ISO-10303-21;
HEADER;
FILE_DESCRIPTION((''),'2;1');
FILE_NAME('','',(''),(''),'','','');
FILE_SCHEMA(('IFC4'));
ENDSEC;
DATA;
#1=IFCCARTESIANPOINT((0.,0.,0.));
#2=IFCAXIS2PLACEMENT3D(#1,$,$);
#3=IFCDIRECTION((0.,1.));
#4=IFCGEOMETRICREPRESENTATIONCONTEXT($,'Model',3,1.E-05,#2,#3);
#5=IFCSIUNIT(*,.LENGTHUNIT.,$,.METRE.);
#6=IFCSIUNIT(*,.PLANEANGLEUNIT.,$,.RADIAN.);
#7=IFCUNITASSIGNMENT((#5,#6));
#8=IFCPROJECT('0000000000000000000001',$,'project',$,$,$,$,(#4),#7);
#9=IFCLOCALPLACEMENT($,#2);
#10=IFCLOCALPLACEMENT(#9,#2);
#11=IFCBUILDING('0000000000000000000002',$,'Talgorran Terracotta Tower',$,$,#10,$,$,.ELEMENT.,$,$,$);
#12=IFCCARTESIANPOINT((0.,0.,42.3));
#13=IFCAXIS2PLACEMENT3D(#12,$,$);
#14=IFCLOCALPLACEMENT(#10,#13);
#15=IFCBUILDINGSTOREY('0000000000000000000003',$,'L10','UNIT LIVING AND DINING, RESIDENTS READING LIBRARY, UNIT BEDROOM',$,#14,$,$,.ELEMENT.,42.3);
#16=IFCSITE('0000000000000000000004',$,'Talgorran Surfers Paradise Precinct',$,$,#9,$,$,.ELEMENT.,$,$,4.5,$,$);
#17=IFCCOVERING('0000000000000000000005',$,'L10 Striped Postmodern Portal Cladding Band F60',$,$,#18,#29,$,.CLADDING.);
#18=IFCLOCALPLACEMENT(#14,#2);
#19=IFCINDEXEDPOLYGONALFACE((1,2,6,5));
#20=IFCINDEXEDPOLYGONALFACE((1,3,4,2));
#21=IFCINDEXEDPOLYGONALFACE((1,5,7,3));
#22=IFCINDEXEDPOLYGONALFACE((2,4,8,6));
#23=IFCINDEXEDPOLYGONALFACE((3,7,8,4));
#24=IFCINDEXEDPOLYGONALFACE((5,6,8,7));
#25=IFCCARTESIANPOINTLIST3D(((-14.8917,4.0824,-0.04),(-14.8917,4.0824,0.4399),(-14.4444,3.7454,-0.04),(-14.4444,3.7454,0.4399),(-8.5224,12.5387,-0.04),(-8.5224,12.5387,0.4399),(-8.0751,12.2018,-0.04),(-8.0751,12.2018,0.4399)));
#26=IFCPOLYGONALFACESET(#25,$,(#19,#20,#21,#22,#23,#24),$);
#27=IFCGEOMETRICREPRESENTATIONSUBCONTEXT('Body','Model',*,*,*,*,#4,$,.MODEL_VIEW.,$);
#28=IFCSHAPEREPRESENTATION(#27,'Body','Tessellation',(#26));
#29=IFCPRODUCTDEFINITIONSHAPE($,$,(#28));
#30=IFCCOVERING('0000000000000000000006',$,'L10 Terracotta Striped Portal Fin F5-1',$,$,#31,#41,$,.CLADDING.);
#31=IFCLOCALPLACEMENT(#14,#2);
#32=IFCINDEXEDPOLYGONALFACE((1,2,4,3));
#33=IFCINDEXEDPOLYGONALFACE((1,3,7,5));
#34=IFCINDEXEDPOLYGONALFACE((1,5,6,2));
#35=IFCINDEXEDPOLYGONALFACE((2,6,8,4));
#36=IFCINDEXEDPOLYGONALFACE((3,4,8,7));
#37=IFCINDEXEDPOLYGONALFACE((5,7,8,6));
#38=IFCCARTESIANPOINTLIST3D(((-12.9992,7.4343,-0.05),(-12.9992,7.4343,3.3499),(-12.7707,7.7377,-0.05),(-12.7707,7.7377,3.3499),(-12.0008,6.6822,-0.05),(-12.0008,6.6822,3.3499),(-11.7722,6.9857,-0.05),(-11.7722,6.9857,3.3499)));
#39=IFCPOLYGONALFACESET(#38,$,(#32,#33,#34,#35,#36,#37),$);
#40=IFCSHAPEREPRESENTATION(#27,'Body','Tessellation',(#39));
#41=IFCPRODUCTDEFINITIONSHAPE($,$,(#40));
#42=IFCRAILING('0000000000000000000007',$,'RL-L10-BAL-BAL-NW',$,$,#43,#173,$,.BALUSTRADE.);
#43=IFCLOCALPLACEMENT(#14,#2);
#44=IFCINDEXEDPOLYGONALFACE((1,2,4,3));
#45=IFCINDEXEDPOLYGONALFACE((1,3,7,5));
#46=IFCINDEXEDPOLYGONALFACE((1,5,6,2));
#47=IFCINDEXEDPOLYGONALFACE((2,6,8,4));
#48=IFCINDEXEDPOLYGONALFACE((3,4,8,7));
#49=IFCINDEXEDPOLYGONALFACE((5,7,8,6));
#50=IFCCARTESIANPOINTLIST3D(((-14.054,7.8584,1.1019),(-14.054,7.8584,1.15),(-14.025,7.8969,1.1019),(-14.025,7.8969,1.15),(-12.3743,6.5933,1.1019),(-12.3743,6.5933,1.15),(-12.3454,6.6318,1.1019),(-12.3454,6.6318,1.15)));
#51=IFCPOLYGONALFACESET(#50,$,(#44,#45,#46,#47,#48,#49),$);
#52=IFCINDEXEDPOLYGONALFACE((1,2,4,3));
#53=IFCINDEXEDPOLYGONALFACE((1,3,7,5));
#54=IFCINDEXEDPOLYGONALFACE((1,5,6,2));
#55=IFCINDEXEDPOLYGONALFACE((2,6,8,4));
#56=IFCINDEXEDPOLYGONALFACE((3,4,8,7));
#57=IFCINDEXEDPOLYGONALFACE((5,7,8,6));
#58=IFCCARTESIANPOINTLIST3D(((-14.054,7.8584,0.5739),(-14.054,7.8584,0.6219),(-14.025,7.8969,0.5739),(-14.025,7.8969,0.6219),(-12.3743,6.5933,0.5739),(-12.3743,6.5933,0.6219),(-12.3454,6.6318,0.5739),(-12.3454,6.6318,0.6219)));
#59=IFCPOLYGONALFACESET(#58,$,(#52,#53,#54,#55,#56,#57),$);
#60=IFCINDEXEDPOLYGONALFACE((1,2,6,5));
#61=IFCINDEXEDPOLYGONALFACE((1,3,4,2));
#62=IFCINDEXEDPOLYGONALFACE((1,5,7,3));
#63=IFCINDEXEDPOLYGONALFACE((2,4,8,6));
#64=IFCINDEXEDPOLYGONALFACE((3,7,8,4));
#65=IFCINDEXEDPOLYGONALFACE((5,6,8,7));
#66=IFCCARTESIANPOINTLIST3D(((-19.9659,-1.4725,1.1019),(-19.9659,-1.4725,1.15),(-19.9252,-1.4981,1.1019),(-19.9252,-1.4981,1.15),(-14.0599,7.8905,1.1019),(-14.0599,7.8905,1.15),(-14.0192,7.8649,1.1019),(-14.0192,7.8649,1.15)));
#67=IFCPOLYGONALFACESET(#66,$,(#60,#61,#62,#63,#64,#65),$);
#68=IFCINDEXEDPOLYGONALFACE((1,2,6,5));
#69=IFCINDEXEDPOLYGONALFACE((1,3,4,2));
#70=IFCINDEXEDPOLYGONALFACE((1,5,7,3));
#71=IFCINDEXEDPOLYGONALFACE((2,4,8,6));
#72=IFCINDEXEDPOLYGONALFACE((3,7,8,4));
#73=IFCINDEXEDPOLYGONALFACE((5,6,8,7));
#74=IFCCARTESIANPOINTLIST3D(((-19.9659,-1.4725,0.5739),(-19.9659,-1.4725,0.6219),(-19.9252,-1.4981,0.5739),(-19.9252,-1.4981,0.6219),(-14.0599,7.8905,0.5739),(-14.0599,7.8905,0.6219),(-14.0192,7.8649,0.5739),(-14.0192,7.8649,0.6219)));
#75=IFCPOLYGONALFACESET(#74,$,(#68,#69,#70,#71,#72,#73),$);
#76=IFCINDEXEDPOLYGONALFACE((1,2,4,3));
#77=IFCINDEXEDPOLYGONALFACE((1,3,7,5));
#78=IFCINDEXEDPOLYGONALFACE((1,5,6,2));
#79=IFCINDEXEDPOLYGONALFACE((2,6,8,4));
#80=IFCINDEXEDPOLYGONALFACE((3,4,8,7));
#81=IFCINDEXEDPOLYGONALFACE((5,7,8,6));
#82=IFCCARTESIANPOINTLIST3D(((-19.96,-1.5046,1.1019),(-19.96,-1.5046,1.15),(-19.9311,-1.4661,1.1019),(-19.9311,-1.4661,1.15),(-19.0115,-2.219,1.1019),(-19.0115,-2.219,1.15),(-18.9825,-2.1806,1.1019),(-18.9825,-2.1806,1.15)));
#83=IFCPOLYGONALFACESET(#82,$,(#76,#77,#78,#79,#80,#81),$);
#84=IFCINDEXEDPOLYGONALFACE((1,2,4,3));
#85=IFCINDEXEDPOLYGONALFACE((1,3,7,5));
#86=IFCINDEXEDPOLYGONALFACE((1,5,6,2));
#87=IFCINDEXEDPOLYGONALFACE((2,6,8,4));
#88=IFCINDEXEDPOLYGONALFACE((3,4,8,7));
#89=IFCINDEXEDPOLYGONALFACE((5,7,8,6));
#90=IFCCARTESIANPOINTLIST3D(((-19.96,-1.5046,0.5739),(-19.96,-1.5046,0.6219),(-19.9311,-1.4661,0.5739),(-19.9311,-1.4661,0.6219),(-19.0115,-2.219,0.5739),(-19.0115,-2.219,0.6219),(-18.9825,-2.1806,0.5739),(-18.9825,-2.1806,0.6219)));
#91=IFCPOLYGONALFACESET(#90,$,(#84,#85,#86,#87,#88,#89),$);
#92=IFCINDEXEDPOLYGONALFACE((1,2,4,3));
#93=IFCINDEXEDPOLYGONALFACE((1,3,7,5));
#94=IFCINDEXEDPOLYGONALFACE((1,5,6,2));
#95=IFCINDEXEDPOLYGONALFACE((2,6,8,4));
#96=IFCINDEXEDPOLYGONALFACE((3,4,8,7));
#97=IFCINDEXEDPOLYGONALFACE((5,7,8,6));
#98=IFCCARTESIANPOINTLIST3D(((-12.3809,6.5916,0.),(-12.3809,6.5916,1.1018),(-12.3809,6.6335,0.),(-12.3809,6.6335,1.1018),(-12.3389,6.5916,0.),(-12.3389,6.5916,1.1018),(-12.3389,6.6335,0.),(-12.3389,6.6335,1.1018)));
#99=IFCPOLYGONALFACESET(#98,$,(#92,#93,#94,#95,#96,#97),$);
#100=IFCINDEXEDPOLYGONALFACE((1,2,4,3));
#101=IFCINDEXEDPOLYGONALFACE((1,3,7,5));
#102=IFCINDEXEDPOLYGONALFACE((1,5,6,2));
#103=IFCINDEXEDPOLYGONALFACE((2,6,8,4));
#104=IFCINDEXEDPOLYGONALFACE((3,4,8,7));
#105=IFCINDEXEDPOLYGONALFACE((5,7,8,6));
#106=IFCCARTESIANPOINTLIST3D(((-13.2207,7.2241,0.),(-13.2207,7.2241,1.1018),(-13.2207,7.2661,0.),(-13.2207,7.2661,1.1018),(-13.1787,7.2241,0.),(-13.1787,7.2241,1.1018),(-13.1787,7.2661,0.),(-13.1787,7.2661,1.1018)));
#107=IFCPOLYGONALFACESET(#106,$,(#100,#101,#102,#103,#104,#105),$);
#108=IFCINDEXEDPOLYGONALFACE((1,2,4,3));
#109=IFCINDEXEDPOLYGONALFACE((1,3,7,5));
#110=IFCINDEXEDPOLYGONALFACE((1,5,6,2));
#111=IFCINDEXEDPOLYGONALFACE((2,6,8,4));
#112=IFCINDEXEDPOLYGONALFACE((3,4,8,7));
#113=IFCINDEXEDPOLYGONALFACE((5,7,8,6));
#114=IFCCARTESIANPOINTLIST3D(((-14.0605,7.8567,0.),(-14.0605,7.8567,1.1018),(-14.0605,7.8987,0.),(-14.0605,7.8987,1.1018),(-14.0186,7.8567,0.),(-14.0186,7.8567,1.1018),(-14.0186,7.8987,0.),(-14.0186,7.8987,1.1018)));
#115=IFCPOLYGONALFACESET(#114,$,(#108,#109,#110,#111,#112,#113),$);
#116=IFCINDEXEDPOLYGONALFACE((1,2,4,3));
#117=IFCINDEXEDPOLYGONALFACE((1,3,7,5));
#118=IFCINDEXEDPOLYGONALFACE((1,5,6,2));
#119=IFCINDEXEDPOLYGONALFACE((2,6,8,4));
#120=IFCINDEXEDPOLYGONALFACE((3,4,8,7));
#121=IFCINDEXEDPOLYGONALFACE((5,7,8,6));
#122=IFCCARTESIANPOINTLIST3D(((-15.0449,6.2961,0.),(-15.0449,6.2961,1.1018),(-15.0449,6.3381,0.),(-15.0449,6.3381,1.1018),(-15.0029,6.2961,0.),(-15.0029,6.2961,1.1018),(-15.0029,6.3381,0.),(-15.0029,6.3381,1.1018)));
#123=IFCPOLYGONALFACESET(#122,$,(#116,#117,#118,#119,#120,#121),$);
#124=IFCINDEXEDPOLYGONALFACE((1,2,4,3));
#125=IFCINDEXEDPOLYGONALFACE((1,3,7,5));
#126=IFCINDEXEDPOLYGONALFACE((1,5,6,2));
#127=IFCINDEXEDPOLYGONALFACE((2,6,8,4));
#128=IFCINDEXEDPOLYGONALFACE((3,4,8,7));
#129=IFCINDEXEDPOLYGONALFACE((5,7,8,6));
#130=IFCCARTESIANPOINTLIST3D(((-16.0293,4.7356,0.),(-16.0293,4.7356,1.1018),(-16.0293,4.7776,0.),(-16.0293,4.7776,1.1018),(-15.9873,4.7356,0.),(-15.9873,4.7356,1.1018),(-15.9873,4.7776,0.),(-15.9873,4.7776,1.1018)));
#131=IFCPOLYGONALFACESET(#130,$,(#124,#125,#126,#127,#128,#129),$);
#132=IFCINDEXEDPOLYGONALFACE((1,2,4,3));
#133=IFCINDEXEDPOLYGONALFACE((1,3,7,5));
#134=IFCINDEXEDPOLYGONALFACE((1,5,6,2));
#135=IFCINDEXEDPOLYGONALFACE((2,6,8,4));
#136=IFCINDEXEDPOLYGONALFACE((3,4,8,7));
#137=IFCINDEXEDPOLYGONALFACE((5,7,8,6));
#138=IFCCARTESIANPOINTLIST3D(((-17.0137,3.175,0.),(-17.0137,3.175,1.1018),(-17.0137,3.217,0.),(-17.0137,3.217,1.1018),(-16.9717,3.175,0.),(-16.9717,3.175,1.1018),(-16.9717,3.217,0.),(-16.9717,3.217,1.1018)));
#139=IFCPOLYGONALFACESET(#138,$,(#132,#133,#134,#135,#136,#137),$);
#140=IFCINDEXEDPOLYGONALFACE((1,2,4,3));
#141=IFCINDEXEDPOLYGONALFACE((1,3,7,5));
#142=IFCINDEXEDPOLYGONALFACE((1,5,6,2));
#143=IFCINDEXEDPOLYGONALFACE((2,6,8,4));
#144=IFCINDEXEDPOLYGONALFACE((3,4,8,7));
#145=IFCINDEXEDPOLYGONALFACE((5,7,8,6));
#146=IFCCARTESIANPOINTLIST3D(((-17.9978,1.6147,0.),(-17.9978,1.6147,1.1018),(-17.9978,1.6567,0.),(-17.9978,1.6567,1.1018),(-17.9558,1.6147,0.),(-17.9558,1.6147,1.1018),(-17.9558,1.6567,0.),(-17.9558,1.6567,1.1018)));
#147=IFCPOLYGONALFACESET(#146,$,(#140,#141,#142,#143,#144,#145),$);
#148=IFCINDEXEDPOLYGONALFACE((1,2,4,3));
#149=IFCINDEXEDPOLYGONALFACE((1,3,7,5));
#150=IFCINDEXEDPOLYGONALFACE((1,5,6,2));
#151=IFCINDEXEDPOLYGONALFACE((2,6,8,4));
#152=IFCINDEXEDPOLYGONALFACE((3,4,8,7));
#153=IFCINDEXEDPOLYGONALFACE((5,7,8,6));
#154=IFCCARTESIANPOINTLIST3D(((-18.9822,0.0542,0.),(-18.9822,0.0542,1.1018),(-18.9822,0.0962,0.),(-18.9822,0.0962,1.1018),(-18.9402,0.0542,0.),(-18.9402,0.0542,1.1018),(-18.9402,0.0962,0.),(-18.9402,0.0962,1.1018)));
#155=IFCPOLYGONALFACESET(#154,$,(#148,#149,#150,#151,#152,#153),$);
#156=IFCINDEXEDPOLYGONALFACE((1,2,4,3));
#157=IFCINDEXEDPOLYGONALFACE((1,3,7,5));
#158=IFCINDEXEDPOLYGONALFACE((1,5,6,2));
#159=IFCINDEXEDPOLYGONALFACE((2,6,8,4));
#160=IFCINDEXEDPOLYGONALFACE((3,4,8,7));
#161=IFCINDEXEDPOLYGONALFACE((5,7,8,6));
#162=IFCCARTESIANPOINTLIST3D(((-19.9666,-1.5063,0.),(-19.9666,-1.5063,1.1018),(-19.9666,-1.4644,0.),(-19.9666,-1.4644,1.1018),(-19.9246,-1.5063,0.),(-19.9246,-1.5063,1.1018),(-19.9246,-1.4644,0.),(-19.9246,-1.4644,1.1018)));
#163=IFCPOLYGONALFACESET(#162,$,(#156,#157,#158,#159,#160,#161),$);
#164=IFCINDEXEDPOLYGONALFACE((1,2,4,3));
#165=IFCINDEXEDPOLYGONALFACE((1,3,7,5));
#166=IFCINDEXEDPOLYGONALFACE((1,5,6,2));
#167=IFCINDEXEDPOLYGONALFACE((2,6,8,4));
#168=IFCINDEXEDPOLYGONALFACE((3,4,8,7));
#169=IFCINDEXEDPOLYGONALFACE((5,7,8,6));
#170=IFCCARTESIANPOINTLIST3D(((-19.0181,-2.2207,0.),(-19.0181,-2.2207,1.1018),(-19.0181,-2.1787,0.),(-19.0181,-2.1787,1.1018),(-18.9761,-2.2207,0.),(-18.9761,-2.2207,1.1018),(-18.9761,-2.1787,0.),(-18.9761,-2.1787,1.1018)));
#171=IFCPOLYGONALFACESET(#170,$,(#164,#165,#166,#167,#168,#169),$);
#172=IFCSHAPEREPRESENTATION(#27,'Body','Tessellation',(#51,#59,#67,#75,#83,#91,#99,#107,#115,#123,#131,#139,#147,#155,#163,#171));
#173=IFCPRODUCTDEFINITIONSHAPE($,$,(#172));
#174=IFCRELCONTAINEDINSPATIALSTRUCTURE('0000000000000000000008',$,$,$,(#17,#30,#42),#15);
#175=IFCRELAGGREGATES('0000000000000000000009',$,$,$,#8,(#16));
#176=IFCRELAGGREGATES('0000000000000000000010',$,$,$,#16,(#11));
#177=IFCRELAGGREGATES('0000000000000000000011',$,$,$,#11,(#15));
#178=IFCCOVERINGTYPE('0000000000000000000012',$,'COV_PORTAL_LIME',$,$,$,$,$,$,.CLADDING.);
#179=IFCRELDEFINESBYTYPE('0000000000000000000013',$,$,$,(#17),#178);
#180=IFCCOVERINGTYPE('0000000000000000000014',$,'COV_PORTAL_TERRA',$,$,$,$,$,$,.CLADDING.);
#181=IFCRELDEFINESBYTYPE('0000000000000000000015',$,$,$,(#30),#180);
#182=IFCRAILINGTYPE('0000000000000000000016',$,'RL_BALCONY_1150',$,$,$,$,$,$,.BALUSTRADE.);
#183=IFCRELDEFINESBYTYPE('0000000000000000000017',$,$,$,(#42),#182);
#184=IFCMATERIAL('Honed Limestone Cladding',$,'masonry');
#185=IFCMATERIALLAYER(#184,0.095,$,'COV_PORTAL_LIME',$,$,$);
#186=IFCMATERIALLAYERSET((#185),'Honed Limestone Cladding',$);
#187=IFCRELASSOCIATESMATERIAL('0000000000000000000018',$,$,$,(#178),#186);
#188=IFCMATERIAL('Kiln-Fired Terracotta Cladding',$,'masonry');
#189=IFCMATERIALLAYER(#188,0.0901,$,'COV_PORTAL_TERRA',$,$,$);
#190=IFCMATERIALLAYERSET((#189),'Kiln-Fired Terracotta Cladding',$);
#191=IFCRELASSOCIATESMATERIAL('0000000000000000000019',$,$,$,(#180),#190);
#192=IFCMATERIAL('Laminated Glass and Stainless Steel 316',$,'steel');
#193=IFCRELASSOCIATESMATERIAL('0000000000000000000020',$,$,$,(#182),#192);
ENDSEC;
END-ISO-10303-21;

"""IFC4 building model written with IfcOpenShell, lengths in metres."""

from ifc_helpers import new_model, si_unit, direction, frame, origin, origin_2d, place, context, subcontext, project, spatial, rectangle, extrude, material, layer, layer_set, type_object, element, save


model = new_model("IFC4")

# Units and contexts
model_context = context("Model", 3, precision=1e-05, world=origin(), true_north=direction((0.0, 1.0)))
body_context = subcontext(model_context, "Body", "Model", "MODEL_VIEW")
ifc_project = project(units=[si_unit("LENGTHUNIT", "METRE"), si_unit("PLANEANGLEUNIT", "RADIAN")], contexts=[model_context])

# Site, building, storey
site_placement = place(None, origin())
site = spatial("IfcSite", under=ifc_project, at=site_placement, Name="Talgorran Surfers Paradise Precinct", CompositionType="ELEMENT", RefElevation=4.5)
building_placement = place(site_placement, origin())
building = spatial("IfcBuilding", under=site, at=building_placement, Name="Talgorran Terracotta Tower", CompositionType="ELEMENT")
storey_placement = place(building_placement, frame((0.0, 0.0, 42.3)))
storey = spatial("IfcBuildingStorey", under=building, at=storey_placement, Name="L10", Description="UNIT LIVING AND DINING, RESIDENTS READING LIBRARY, UNIT BEDROOM", CompositionType="ELEMENT", Elevation=42.3)

# Coverings
ifc_material_1 = material(Name="Honed Limestone Cladding", Category="masonry")
ifc_layer_1 = layer(ifc_material_1, 0.095, Name="COV_PORTAL_LIME")
ifc_layer_set_1 = layer_set([ifc_layer_1], Name="Honed Limestone Cladding")
covering_type_1 = type_object("IfcCoveringType", Name="COV_PORTAL_LIME", PredefinedType="CLADDING", material=ifc_layer_set_1)
covering_1_placement = place(storey_placement, frame((-11.4834, 8.1421, -0.04), z_axis=(0.0, 0.0, 1.0), x_axis=(-0.601634, -0.798772, 0.0)))
element("IfcCovering", 1, at=covering_1_placement, inside=storey, type_object=covering_type_1, Name="L10 Striped Postmodern Portal Cladding Band F60", PredefinedType="CLADDING", context=body_context, shape_type="SweptSolid", body=[
    extrude(rectangle(XDim=10.5867, YDim=0.5601, at=origin_2d()), origin(), (0.0, 0.0, 1.0), 0.48),
])
ifc_material_2 = material(Name="Kiln-Fired Terracotta Cladding", Category="masonry")
ifc_layer_2 = layer(ifc_material_2, 0.0901, Name="COV_PORTAL_TERRA")
ifc_layer_set_2 = layer_set([ifc_layer_2], Name="Kiln-Fired Terracotta Cladding")
covering_type_2 = type_object("IfcCoveringType", Name="COV_PORTAL_TERRA", PredefinedType="CLADDING", material=ifc_layer_set_2)
covering_2_placement = place(storey_placement, frame((-12.3857, 7.21, -0.05), z_axis=(0.0, 0.0, 1.0), x_axis=(-0.601634, -0.798772, 0.0)))
element("IfcCovering", 2, at=covering_2_placement, inside=storey, type_object=covering_type_2, Name="L10 Terracotta Striped Portal Fin F5-1", PredefinedType="CLADDING", context=body_context, shape_type="SweptSolid", body=[
    extrude(rectangle(XDim=0.3799, YDim=1.25, at=origin_2d()), origin(), (0.0, 0.0, 1.0), 3.3999),
])

# Railing
ifc_material_3 = material(Name="Laminated Glass and Stainless Steel 316", Category="steel")
railing_type = type_object("IfcRailingType", Name="RL_BALCONY_1150", PredefinedType="BALUSTRADE", material=ifc_material_3)
railing_placement = place(storey_placement, frame((-12.3599, 6.6125, 0.0)))
element("IfcRailing", 3, at=railing_placement, inside=storey, type_object=railing_type, Name="RL-L10-BAL-BAL-NW", PredefinedType="BALUSTRADE", context=body_context, shape_type="SweptSolid", body=[
    extrude(rectangle(XDim=0.0481, YDim=0.0481, at=origin_2d()), frame((0.0, 0.0, 1.126), z_axis=(-0.798772, 0.601633, 0.0), x_axis=(-0.601633, -0.798772, 0.0)), (0.0, 0.0, 1.0), 2.1028),
    extrude(rectangle(XDim=0.0481, YDim=0.0481, at=origin_2d()), frame((0.0, 0.0, 0.5979), z_axis=(-0.798772, 0.601633, 0.0), x_axis=(-0.601633, -0.798772, 0.0)), (0.0, 0.0, 1.0), 2.1028),
    extrude(rectangle(XDim=0.0481, YDim=0.0481, at=origin_2d()), frame((-1.6797, 1.2651, 1.126), z_axis=(-0.533509, -0.845794, 0.0), x_axis=(0.845794, -0.533509, 0.0)), (0.0, 0.0, 1.0), 11.0701),
    extrude(rectangle(XDim=0.0481, YDim=0.0481, at=origin_2d()), frame((-1.6797, 1.2651, 0.5979), z_axis=(-0.533509, -0.845794, 0.0), x_axis=(0.845794, -0.533509, 0.0)), (0.0, 0.0, 1.0), 11.0701),
    extrude(rectangle(XDim=0.0481, YDim=0.0481, at=origin_2d()), frame((-7.5857, -8.0979, 1.126), z_axis=(0.798789, -0.601611, 0.0), x_axis=(0.601611, 0.798789, 0.0)), (0.0, 0.0, 1.0), 1.1875),
    extrude(rectangle(XDim=0.0481, YDim=0.0481, at=origin_2d()), frame((-7.5857, -8.0979, 0.5979), z_axis=(0.798789, -0.601611, 0.0), x_axis=(0.601611, 0.798789, 0.0)), (0.0, 0.0, 1.0), 1.1875),
    extrude(rectangle(XDim=0.042, YDim=0.042, at=origin_2d()), origin(), (0.0, 0.0, 1.0), 1.1018),
    extrude(rectangle(XDim=0.042, YDim=0.042, at=origin_2d()), frame((-0.8398, 0.6326, 0.0)), (0.0, 0.0, 1.0), 1.1018),
    extrude(rectangle(XDim=0.042, YDim=0.042, at=origin_2d()), frame((-1.6797, 1.2651, 0.0)), (0.0, 0.0, 1.0), 1.1018),
    extrude(rectangle(XDim=0.042, YDim=0.042, at=origin_2d()), frame((-2.6641, -0.2954, 0.0)), (0.0, 0.0, 1.0), 1.1018),
    extrude(rectangle(XDim=0.042, YDim=0.042, at=origin_2d()), frame((-3.6484, -1.856, 0.0)), (0.0, 0.0, 1.0), 1.1018),
    extrude(rectangle(XDim=0.042, YDim=0.042, at=origin_2d()), frame((-4.6328, -3.4165, 0.0)), (0.0, 0.0, 1.0), 1.1018),
    extrude(rectangle(XDim=0.042, YDim=0.042, at=origin_2d()), frame((-5.6169, -4.9768, 0.0)), (0.0, 0.0, 1.0), 1.1018),
    extrude(rectangle(XDim=0.042, YDim=0.042, at=origin_2d()), frame((-6.6013, -6.5374, 0.0)), (0.0, 0.0, 1.0), 1.1018),
    extrude(rectangle(XDim=0.042, YDim=0.042, at=origin_2d()), frame((-7.5857, -8.0979, 0.0)), (0.0, 0.0, 1.0), 1.1018),
    extrude(rectangle(XDim=0.042, YDim=0.042, at=origin_2d()), frame((-6.6372, -8.8123, 0.0)), (0.0, 0.0, 1.0), 1.1018),
])

save(model, "model.ifc")
